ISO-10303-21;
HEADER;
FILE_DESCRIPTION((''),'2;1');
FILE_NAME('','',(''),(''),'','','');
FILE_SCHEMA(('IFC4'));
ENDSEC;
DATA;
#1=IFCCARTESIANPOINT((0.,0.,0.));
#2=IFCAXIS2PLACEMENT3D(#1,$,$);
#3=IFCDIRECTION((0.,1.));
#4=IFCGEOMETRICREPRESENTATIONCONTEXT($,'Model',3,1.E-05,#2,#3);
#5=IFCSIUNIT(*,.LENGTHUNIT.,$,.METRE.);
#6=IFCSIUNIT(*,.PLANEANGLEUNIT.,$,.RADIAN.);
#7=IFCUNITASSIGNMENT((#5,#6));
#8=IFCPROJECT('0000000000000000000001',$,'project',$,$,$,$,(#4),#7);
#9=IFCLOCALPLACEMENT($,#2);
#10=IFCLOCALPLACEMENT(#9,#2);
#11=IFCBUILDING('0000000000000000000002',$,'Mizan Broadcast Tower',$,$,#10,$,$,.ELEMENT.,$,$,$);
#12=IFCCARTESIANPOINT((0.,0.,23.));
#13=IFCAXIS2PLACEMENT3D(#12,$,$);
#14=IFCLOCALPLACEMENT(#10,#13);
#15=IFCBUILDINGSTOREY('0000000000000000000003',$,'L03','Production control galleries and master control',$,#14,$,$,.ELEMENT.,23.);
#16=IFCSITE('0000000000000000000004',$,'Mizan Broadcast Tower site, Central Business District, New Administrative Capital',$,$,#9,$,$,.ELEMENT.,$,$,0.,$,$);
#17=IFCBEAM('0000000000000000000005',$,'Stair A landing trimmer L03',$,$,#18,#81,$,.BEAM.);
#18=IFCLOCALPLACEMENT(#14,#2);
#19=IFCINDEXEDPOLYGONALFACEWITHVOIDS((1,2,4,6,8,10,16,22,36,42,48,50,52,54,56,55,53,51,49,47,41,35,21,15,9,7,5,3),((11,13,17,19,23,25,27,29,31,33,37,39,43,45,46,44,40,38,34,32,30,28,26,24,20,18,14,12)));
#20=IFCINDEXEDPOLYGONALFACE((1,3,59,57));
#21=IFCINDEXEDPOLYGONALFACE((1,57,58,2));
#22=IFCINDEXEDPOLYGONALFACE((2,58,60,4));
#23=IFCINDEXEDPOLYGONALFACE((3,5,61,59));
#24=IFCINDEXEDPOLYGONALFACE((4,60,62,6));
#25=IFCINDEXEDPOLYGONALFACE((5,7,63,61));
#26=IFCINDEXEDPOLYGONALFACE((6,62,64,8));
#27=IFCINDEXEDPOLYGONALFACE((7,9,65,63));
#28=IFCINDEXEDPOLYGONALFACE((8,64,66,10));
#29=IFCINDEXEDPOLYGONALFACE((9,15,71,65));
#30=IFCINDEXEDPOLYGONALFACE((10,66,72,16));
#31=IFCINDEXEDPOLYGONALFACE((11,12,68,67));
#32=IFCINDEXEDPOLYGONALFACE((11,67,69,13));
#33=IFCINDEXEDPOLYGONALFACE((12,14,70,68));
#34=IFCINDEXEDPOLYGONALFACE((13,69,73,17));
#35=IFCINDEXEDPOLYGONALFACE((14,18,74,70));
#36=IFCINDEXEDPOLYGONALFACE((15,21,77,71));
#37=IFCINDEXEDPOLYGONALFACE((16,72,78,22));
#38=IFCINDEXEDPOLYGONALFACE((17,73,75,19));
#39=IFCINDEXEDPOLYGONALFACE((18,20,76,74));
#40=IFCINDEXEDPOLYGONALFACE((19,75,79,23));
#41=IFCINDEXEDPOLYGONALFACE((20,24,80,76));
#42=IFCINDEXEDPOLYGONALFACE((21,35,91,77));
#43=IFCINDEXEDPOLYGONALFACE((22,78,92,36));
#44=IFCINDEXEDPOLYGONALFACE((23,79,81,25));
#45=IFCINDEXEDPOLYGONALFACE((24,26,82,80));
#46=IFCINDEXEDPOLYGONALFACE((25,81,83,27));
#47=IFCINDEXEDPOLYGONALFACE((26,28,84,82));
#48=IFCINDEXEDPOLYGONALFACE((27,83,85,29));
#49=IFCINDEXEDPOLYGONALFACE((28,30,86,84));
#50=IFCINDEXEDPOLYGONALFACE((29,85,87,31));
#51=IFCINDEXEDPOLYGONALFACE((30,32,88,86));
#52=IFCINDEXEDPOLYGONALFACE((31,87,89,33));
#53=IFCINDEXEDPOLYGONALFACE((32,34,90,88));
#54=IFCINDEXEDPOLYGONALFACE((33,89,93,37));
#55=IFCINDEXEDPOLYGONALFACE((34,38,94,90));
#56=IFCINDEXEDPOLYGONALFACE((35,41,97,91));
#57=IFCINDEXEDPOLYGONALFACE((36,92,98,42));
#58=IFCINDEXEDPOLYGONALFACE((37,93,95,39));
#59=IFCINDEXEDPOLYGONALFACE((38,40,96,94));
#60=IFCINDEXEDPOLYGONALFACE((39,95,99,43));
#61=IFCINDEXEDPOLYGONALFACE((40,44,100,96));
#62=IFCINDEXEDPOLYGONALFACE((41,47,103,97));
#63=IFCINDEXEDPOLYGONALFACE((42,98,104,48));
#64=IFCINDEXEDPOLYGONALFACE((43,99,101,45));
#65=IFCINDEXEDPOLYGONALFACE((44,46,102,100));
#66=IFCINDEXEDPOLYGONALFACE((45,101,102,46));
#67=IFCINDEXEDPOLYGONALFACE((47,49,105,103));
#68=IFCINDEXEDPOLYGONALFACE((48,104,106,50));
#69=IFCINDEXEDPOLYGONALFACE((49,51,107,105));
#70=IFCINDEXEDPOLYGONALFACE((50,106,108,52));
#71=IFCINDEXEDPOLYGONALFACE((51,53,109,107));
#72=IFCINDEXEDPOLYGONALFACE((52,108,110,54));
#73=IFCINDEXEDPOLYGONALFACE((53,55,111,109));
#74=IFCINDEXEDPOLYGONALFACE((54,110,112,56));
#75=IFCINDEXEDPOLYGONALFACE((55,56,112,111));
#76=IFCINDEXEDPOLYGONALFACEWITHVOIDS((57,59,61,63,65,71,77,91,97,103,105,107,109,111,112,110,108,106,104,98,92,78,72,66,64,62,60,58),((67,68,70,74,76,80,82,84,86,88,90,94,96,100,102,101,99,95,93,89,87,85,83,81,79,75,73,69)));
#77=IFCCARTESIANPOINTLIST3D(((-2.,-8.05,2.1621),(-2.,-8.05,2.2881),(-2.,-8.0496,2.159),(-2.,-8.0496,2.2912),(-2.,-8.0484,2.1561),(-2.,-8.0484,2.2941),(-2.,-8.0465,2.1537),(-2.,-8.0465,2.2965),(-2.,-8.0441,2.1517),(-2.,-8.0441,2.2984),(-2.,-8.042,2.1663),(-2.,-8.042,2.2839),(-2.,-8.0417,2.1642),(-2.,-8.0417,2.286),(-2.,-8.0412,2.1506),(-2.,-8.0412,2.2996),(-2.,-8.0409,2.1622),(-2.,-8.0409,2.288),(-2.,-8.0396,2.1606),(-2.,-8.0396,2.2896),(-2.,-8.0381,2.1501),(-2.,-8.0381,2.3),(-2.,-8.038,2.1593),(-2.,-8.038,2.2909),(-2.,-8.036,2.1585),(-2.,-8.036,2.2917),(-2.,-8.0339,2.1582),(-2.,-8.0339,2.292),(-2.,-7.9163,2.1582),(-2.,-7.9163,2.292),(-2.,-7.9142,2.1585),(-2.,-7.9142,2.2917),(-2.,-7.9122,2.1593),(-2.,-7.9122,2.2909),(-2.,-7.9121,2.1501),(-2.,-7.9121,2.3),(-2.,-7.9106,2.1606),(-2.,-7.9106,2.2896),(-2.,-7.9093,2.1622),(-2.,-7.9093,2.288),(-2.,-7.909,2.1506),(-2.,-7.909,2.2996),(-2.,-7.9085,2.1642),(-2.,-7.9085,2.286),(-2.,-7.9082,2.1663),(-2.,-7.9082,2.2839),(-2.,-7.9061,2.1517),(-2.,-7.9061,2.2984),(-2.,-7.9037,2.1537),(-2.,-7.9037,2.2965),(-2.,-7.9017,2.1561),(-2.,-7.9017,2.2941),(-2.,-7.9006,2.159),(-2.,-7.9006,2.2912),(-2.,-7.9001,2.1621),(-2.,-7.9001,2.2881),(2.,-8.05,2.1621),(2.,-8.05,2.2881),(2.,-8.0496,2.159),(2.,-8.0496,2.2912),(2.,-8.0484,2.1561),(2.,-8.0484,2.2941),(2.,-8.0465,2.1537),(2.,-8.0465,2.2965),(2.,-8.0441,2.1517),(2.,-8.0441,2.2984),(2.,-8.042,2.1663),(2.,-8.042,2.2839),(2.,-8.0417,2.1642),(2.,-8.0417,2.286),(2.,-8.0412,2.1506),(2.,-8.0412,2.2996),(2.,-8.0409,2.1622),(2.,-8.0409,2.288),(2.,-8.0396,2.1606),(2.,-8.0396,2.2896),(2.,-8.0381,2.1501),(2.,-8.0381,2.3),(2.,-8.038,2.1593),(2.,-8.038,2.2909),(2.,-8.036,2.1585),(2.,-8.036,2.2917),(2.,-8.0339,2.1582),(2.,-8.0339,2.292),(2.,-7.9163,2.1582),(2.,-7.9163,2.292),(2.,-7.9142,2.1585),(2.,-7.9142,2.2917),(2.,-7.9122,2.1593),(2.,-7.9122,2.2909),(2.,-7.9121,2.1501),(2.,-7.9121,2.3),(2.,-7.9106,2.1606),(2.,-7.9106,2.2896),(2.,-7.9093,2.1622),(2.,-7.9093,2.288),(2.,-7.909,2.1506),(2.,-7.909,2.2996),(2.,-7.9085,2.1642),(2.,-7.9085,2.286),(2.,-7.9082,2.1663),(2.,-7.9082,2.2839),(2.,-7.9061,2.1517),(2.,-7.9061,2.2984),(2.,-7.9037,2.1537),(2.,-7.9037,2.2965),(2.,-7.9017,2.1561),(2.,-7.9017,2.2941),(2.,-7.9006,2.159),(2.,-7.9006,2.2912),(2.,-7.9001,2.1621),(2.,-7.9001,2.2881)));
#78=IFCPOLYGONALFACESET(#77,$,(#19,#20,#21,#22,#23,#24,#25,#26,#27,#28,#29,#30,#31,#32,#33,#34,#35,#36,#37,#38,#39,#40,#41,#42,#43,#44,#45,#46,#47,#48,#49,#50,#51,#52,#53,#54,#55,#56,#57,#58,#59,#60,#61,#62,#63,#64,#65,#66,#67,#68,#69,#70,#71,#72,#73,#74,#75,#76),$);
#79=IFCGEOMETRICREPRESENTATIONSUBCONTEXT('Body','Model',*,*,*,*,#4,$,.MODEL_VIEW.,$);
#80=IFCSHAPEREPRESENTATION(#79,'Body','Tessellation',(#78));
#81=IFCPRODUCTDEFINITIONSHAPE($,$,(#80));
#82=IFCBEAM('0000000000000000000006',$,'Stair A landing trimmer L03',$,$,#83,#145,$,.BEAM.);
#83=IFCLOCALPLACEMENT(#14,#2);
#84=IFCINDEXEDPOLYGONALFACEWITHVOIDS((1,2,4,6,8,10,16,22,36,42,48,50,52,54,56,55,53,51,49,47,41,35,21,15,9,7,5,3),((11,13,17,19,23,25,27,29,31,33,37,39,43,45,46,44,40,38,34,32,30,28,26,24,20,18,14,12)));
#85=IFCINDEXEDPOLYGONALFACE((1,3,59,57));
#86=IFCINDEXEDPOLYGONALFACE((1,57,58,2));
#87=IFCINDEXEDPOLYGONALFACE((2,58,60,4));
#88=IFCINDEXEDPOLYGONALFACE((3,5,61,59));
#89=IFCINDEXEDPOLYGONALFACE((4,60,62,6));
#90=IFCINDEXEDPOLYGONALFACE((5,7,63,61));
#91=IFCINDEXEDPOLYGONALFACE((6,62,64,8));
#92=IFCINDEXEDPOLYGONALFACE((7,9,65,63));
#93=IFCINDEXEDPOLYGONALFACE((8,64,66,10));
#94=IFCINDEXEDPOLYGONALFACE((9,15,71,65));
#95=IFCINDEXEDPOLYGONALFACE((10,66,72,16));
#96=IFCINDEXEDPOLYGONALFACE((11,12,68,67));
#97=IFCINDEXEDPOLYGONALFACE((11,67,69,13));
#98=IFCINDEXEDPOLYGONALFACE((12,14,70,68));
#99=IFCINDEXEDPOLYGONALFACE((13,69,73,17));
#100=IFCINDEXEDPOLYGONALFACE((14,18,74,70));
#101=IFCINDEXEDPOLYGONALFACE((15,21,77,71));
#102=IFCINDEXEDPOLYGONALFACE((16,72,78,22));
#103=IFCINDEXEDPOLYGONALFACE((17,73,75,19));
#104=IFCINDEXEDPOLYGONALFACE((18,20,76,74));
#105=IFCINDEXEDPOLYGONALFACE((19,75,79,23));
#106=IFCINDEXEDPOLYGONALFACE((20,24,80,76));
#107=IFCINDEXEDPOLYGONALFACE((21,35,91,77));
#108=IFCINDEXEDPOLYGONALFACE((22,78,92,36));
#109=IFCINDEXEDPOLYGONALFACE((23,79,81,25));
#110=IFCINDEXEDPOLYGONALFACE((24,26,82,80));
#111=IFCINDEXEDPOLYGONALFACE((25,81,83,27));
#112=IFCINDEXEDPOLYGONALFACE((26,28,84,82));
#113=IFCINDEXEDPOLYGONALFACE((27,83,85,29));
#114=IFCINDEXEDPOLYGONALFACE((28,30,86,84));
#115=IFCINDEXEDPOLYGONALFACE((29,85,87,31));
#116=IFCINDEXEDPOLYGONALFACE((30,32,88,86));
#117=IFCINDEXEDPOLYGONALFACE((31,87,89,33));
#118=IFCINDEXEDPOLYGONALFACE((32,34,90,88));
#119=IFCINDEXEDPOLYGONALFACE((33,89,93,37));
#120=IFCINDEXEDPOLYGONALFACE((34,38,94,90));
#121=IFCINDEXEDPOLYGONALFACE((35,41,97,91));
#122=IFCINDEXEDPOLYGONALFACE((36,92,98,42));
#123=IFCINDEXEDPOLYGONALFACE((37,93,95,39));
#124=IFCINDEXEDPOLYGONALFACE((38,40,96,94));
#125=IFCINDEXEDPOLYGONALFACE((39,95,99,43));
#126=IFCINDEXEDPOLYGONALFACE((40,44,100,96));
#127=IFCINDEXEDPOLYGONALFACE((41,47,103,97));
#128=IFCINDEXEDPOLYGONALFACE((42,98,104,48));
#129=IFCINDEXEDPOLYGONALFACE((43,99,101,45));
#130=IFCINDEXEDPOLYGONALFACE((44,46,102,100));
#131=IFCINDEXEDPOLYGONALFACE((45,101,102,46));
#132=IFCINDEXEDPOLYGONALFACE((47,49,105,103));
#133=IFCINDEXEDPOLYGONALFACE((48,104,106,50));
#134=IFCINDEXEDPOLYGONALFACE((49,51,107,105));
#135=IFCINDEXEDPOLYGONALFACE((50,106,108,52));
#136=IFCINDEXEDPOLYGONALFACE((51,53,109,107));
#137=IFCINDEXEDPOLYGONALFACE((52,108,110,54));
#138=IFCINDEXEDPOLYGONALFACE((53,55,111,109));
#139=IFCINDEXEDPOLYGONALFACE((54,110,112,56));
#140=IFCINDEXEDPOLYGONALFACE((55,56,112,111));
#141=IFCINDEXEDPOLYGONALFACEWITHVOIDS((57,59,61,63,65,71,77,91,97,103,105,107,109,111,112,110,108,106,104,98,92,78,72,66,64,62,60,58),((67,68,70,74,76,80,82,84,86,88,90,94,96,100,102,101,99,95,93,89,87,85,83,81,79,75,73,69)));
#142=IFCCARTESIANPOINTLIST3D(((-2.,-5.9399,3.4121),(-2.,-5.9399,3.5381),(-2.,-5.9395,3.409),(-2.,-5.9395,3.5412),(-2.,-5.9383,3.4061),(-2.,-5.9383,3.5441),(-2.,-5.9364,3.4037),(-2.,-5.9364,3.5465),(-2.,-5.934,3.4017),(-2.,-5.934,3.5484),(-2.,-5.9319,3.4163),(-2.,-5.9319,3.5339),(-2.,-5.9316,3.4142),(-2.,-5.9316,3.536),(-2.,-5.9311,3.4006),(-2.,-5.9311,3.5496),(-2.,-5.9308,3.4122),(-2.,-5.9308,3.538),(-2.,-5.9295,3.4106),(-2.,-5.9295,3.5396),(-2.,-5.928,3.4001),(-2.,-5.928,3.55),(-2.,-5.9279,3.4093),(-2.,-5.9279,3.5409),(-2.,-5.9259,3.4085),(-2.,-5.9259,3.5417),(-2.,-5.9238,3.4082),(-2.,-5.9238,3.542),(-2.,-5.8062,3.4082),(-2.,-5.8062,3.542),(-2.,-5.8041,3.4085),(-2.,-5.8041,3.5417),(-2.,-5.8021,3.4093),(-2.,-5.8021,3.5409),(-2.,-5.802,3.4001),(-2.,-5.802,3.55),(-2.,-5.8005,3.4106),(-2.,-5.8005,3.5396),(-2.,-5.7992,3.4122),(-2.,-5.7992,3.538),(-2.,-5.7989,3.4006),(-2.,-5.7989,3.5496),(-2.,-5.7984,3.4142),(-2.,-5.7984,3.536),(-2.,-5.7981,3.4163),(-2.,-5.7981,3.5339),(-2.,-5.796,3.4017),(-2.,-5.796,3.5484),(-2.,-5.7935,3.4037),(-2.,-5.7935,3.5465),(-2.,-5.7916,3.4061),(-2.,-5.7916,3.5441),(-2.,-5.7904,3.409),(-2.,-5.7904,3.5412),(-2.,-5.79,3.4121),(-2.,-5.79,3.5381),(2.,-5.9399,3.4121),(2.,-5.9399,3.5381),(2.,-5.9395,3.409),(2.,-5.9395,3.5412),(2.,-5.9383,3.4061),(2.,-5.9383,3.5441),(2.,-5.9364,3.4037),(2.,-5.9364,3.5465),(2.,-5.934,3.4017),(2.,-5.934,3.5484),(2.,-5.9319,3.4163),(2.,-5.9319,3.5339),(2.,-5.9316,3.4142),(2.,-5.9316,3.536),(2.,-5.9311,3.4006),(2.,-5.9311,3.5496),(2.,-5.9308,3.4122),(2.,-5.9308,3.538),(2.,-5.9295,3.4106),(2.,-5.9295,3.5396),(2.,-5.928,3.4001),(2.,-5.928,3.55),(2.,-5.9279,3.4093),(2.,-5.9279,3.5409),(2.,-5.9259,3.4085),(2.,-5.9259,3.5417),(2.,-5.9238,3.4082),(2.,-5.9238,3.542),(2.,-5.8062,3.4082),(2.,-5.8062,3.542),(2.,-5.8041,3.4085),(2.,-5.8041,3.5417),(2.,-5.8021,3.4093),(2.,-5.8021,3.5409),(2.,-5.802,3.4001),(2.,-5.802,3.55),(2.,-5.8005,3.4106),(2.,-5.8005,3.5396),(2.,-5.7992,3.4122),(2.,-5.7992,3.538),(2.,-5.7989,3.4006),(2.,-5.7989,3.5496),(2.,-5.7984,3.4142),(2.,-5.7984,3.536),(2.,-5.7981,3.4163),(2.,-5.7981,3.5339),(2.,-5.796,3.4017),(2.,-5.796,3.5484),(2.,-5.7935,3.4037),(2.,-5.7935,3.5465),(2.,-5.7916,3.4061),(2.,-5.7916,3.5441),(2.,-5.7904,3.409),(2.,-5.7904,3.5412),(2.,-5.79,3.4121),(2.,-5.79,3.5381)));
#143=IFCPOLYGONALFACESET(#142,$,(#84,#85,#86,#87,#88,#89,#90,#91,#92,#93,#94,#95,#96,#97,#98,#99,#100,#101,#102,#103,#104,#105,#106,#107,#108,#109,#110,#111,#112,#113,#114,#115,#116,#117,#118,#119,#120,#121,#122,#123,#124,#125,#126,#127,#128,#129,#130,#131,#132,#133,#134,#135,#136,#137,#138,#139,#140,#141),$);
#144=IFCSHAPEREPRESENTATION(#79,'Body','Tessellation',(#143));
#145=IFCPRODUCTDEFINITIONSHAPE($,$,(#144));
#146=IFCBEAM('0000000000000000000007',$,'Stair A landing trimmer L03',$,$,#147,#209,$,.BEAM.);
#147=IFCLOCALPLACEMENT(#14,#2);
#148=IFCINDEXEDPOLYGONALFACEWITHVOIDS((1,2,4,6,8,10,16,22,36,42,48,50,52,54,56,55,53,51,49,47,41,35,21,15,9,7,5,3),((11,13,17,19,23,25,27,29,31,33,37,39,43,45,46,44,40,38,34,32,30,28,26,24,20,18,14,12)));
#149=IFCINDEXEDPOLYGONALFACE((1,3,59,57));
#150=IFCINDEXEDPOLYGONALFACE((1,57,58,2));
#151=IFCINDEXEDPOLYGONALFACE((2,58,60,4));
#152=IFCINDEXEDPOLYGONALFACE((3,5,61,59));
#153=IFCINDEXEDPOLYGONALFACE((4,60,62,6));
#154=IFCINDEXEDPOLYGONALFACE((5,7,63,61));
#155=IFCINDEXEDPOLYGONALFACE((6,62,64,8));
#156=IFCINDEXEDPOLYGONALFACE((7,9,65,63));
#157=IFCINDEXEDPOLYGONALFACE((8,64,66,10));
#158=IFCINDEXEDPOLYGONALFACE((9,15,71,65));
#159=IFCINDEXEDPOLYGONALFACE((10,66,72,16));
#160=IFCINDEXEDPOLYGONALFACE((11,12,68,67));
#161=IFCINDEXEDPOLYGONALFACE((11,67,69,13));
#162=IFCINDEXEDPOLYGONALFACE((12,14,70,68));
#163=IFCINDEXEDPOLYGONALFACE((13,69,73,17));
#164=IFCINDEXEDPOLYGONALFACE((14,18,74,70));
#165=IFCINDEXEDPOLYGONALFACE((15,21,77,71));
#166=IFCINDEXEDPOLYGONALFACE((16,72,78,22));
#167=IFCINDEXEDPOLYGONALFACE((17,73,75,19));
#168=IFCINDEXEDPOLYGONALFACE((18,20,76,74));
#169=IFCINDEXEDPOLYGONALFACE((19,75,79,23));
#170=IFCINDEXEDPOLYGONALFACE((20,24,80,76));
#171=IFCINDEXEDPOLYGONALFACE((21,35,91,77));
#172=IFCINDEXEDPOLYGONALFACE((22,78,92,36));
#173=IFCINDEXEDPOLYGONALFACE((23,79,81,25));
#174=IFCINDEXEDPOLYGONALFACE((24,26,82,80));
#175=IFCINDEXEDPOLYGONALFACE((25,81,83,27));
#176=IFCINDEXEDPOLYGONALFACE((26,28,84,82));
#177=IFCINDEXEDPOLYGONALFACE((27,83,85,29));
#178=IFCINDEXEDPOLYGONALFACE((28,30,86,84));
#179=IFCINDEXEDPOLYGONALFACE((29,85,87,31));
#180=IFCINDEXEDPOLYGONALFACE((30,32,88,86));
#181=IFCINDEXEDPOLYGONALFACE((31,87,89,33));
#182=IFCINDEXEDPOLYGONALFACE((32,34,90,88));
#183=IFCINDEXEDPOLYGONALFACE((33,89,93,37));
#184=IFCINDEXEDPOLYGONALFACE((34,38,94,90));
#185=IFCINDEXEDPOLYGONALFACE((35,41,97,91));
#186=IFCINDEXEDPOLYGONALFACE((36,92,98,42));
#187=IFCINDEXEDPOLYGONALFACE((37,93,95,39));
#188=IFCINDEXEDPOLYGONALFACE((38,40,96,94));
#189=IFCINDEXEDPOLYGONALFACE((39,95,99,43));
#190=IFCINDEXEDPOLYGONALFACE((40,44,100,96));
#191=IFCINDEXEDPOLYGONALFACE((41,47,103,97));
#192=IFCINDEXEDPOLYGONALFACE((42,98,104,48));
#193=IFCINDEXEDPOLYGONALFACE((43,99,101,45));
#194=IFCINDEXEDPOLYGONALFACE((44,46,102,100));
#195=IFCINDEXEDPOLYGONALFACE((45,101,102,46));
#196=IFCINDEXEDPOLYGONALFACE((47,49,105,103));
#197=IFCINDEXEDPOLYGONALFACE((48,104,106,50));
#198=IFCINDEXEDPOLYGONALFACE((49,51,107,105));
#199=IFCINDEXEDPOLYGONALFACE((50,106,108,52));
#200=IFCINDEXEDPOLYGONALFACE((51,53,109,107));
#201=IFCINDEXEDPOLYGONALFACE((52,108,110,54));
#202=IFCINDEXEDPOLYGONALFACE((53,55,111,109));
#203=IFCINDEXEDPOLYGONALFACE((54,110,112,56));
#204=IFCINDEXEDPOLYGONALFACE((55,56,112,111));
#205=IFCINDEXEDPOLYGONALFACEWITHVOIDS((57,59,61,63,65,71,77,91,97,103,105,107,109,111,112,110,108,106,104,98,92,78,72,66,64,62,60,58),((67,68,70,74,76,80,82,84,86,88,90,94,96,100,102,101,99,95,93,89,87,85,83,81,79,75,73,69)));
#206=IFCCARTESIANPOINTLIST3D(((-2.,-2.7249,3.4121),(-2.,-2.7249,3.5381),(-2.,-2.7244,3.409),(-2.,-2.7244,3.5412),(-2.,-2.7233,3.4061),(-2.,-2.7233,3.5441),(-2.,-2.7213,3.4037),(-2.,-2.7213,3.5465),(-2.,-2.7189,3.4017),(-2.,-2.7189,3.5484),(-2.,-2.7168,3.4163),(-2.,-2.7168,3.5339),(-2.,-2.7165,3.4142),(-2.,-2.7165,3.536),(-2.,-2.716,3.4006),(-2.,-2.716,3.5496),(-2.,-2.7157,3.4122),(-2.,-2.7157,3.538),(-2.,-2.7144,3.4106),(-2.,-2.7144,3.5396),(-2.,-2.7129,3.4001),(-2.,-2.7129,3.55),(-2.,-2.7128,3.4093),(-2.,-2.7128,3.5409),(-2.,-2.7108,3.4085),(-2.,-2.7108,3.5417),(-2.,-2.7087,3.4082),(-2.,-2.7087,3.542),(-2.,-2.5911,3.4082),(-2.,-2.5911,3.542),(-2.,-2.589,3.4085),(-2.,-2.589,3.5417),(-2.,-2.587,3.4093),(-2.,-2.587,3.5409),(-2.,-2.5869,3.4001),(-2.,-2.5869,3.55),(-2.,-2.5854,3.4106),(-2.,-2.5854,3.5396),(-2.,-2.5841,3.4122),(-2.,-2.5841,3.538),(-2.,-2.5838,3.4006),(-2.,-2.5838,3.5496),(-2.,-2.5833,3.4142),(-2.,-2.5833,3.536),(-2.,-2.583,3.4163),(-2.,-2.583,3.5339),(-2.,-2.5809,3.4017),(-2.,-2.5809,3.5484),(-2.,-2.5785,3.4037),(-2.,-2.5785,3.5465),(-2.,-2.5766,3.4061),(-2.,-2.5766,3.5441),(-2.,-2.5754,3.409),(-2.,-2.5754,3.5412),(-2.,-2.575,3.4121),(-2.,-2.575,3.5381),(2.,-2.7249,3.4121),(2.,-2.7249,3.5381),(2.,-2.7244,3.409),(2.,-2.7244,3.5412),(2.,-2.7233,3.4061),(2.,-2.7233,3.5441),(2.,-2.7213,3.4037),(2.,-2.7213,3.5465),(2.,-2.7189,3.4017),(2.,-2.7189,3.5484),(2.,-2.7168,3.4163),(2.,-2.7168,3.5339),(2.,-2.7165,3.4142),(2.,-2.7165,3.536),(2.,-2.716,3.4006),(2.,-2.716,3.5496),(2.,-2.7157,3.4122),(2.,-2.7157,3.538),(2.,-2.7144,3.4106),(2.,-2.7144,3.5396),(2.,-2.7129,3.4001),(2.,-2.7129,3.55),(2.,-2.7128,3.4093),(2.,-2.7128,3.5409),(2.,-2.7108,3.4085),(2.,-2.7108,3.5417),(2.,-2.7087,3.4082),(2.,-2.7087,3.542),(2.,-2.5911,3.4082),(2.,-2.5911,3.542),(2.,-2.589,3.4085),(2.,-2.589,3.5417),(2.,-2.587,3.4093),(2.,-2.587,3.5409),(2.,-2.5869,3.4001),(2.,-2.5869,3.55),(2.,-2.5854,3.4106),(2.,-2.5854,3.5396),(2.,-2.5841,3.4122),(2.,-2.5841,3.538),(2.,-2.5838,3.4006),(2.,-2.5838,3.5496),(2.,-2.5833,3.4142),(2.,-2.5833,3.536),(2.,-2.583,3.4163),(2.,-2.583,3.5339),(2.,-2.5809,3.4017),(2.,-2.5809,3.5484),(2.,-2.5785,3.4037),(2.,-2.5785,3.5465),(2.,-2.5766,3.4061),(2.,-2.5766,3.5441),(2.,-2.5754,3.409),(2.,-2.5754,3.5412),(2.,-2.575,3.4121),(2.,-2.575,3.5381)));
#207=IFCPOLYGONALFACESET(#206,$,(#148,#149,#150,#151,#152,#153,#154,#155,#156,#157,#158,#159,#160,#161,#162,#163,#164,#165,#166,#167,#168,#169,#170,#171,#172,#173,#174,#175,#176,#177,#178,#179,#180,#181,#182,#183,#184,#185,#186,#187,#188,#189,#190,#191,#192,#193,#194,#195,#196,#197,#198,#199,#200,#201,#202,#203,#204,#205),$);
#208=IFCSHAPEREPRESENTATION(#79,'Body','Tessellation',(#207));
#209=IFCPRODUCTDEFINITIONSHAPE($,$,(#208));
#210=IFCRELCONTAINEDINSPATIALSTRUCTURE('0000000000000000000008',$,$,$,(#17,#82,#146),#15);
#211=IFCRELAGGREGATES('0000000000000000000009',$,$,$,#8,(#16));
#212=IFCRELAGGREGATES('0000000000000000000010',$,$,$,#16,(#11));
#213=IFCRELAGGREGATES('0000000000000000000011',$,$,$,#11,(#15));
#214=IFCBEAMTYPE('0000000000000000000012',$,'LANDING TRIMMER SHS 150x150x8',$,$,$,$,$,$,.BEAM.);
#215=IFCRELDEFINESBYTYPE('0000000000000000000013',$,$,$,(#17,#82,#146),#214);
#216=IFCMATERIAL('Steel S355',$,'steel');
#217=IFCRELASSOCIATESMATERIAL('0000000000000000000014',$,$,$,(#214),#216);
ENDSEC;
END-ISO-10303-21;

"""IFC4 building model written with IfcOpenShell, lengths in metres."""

from ifc_helpers import new_model, si_unit, direction, frame, origin, origin_2d, place, context, subcontext, project, spatial, hollow_rectangle, extrude, material, material_profile, profile_set, type_object, element, save


model = new_model("IFC4")

# Units and contexts
model_context = context("Model", 3, precision=1e-05, world=origin(), true_north=direction((0.0, 1.0)))
body_context = subcontext(model_context, "Body", "Model", "MODEL_VIEW")
ifc_project = project(units=[si_unit("LENGTHUNIT", "METRE"), si_unit("PLANEANGLEUNIT", "RADIAN")], contexts=[model_context])

# Site, building, storey
site_placement = place(None, origin())
site = spatial("IfcSite", under=ifc_project, at=site_placement, Name="Mizan Broadcast Tower site, Central Business District, New Administrative Capital", CompositionType="ELEMENT", RefElevation=0.0)
building_placement = place(site_placement, origin())
building = spatial("IfcBuilding", under=site, at=building_placement, Name="Mizan Broadcast Tower", CompositionType="ELEMENT")
storey_placement = place(building_placement, frame((0.0, 0.0, 23.0)))
storey = spatial("IfcBuildingStorey", under=building, at=storey_placement, Name="L03", Description="Production control galleries and master control", CompositionType="ELEMENT", Elevation=23.0)

# Beams
ifc_material_1 = material(Name="Steel S355", Category="steel")
ifc_material_profile_1 = material_profile(ifc_material_1, hollow_rectangle(XDim=0.1499, YDim=0.1499, WallThickness=0.0081, InnerFilletRadius=0.0081, OuterFilletRadius=0.012, at=origin_2d()), Name="SHS 150x150x8")
ifc_profile_set_1 = profile_set([ifc_material_profile_1], Name="Steel S355")
beam_type_1 = type_object("IfcBeamType", Name="LANDING TRIMMER SHS 150x150x8", PredefinedType="BEAM", material=ifc_profile_set_1)
for number, where, z_axis, x_axis, name in (
    (1, (-2.0, -7.9751, 2.2251), (1.0, 0.0, 0.0), (0.0, 1.0, 0.0), "Stair A landing trimmer L03"),
    (2, (-2.0, -5.865, 3.4751), (1.0, 0.0, 0.0), (0.0, 1.0, 0.0), "Stair A landing trimmer L03"),
    (3, (-2.0, -2.6499, 3.4751), (1.0, 0.0, 0.0), (0.0, 1.0, 0.0), "Stair A landing trimmer L03"),
):
    element("IfcBeam", number, at=place(storey_placement, frame(where, z_axis=z_axis, x_axis=x_axis)), inside=storey, type_object=beam_type_1, Name=name, PredefinedType="BEAM", context=body_context, shape_type="SweptSolid", body=[
        extrude(hollow_rectangle(XDim=0.1499, YDim=0.1499, WallThickness=0.0081, InnerFilletRadius=0.0081, OuterFilletRadius=0.012, at=origin_2d()), origin(), (0.0, 0.0, 1.0), 4.0),
    ])

save(model, "model.ifc")
